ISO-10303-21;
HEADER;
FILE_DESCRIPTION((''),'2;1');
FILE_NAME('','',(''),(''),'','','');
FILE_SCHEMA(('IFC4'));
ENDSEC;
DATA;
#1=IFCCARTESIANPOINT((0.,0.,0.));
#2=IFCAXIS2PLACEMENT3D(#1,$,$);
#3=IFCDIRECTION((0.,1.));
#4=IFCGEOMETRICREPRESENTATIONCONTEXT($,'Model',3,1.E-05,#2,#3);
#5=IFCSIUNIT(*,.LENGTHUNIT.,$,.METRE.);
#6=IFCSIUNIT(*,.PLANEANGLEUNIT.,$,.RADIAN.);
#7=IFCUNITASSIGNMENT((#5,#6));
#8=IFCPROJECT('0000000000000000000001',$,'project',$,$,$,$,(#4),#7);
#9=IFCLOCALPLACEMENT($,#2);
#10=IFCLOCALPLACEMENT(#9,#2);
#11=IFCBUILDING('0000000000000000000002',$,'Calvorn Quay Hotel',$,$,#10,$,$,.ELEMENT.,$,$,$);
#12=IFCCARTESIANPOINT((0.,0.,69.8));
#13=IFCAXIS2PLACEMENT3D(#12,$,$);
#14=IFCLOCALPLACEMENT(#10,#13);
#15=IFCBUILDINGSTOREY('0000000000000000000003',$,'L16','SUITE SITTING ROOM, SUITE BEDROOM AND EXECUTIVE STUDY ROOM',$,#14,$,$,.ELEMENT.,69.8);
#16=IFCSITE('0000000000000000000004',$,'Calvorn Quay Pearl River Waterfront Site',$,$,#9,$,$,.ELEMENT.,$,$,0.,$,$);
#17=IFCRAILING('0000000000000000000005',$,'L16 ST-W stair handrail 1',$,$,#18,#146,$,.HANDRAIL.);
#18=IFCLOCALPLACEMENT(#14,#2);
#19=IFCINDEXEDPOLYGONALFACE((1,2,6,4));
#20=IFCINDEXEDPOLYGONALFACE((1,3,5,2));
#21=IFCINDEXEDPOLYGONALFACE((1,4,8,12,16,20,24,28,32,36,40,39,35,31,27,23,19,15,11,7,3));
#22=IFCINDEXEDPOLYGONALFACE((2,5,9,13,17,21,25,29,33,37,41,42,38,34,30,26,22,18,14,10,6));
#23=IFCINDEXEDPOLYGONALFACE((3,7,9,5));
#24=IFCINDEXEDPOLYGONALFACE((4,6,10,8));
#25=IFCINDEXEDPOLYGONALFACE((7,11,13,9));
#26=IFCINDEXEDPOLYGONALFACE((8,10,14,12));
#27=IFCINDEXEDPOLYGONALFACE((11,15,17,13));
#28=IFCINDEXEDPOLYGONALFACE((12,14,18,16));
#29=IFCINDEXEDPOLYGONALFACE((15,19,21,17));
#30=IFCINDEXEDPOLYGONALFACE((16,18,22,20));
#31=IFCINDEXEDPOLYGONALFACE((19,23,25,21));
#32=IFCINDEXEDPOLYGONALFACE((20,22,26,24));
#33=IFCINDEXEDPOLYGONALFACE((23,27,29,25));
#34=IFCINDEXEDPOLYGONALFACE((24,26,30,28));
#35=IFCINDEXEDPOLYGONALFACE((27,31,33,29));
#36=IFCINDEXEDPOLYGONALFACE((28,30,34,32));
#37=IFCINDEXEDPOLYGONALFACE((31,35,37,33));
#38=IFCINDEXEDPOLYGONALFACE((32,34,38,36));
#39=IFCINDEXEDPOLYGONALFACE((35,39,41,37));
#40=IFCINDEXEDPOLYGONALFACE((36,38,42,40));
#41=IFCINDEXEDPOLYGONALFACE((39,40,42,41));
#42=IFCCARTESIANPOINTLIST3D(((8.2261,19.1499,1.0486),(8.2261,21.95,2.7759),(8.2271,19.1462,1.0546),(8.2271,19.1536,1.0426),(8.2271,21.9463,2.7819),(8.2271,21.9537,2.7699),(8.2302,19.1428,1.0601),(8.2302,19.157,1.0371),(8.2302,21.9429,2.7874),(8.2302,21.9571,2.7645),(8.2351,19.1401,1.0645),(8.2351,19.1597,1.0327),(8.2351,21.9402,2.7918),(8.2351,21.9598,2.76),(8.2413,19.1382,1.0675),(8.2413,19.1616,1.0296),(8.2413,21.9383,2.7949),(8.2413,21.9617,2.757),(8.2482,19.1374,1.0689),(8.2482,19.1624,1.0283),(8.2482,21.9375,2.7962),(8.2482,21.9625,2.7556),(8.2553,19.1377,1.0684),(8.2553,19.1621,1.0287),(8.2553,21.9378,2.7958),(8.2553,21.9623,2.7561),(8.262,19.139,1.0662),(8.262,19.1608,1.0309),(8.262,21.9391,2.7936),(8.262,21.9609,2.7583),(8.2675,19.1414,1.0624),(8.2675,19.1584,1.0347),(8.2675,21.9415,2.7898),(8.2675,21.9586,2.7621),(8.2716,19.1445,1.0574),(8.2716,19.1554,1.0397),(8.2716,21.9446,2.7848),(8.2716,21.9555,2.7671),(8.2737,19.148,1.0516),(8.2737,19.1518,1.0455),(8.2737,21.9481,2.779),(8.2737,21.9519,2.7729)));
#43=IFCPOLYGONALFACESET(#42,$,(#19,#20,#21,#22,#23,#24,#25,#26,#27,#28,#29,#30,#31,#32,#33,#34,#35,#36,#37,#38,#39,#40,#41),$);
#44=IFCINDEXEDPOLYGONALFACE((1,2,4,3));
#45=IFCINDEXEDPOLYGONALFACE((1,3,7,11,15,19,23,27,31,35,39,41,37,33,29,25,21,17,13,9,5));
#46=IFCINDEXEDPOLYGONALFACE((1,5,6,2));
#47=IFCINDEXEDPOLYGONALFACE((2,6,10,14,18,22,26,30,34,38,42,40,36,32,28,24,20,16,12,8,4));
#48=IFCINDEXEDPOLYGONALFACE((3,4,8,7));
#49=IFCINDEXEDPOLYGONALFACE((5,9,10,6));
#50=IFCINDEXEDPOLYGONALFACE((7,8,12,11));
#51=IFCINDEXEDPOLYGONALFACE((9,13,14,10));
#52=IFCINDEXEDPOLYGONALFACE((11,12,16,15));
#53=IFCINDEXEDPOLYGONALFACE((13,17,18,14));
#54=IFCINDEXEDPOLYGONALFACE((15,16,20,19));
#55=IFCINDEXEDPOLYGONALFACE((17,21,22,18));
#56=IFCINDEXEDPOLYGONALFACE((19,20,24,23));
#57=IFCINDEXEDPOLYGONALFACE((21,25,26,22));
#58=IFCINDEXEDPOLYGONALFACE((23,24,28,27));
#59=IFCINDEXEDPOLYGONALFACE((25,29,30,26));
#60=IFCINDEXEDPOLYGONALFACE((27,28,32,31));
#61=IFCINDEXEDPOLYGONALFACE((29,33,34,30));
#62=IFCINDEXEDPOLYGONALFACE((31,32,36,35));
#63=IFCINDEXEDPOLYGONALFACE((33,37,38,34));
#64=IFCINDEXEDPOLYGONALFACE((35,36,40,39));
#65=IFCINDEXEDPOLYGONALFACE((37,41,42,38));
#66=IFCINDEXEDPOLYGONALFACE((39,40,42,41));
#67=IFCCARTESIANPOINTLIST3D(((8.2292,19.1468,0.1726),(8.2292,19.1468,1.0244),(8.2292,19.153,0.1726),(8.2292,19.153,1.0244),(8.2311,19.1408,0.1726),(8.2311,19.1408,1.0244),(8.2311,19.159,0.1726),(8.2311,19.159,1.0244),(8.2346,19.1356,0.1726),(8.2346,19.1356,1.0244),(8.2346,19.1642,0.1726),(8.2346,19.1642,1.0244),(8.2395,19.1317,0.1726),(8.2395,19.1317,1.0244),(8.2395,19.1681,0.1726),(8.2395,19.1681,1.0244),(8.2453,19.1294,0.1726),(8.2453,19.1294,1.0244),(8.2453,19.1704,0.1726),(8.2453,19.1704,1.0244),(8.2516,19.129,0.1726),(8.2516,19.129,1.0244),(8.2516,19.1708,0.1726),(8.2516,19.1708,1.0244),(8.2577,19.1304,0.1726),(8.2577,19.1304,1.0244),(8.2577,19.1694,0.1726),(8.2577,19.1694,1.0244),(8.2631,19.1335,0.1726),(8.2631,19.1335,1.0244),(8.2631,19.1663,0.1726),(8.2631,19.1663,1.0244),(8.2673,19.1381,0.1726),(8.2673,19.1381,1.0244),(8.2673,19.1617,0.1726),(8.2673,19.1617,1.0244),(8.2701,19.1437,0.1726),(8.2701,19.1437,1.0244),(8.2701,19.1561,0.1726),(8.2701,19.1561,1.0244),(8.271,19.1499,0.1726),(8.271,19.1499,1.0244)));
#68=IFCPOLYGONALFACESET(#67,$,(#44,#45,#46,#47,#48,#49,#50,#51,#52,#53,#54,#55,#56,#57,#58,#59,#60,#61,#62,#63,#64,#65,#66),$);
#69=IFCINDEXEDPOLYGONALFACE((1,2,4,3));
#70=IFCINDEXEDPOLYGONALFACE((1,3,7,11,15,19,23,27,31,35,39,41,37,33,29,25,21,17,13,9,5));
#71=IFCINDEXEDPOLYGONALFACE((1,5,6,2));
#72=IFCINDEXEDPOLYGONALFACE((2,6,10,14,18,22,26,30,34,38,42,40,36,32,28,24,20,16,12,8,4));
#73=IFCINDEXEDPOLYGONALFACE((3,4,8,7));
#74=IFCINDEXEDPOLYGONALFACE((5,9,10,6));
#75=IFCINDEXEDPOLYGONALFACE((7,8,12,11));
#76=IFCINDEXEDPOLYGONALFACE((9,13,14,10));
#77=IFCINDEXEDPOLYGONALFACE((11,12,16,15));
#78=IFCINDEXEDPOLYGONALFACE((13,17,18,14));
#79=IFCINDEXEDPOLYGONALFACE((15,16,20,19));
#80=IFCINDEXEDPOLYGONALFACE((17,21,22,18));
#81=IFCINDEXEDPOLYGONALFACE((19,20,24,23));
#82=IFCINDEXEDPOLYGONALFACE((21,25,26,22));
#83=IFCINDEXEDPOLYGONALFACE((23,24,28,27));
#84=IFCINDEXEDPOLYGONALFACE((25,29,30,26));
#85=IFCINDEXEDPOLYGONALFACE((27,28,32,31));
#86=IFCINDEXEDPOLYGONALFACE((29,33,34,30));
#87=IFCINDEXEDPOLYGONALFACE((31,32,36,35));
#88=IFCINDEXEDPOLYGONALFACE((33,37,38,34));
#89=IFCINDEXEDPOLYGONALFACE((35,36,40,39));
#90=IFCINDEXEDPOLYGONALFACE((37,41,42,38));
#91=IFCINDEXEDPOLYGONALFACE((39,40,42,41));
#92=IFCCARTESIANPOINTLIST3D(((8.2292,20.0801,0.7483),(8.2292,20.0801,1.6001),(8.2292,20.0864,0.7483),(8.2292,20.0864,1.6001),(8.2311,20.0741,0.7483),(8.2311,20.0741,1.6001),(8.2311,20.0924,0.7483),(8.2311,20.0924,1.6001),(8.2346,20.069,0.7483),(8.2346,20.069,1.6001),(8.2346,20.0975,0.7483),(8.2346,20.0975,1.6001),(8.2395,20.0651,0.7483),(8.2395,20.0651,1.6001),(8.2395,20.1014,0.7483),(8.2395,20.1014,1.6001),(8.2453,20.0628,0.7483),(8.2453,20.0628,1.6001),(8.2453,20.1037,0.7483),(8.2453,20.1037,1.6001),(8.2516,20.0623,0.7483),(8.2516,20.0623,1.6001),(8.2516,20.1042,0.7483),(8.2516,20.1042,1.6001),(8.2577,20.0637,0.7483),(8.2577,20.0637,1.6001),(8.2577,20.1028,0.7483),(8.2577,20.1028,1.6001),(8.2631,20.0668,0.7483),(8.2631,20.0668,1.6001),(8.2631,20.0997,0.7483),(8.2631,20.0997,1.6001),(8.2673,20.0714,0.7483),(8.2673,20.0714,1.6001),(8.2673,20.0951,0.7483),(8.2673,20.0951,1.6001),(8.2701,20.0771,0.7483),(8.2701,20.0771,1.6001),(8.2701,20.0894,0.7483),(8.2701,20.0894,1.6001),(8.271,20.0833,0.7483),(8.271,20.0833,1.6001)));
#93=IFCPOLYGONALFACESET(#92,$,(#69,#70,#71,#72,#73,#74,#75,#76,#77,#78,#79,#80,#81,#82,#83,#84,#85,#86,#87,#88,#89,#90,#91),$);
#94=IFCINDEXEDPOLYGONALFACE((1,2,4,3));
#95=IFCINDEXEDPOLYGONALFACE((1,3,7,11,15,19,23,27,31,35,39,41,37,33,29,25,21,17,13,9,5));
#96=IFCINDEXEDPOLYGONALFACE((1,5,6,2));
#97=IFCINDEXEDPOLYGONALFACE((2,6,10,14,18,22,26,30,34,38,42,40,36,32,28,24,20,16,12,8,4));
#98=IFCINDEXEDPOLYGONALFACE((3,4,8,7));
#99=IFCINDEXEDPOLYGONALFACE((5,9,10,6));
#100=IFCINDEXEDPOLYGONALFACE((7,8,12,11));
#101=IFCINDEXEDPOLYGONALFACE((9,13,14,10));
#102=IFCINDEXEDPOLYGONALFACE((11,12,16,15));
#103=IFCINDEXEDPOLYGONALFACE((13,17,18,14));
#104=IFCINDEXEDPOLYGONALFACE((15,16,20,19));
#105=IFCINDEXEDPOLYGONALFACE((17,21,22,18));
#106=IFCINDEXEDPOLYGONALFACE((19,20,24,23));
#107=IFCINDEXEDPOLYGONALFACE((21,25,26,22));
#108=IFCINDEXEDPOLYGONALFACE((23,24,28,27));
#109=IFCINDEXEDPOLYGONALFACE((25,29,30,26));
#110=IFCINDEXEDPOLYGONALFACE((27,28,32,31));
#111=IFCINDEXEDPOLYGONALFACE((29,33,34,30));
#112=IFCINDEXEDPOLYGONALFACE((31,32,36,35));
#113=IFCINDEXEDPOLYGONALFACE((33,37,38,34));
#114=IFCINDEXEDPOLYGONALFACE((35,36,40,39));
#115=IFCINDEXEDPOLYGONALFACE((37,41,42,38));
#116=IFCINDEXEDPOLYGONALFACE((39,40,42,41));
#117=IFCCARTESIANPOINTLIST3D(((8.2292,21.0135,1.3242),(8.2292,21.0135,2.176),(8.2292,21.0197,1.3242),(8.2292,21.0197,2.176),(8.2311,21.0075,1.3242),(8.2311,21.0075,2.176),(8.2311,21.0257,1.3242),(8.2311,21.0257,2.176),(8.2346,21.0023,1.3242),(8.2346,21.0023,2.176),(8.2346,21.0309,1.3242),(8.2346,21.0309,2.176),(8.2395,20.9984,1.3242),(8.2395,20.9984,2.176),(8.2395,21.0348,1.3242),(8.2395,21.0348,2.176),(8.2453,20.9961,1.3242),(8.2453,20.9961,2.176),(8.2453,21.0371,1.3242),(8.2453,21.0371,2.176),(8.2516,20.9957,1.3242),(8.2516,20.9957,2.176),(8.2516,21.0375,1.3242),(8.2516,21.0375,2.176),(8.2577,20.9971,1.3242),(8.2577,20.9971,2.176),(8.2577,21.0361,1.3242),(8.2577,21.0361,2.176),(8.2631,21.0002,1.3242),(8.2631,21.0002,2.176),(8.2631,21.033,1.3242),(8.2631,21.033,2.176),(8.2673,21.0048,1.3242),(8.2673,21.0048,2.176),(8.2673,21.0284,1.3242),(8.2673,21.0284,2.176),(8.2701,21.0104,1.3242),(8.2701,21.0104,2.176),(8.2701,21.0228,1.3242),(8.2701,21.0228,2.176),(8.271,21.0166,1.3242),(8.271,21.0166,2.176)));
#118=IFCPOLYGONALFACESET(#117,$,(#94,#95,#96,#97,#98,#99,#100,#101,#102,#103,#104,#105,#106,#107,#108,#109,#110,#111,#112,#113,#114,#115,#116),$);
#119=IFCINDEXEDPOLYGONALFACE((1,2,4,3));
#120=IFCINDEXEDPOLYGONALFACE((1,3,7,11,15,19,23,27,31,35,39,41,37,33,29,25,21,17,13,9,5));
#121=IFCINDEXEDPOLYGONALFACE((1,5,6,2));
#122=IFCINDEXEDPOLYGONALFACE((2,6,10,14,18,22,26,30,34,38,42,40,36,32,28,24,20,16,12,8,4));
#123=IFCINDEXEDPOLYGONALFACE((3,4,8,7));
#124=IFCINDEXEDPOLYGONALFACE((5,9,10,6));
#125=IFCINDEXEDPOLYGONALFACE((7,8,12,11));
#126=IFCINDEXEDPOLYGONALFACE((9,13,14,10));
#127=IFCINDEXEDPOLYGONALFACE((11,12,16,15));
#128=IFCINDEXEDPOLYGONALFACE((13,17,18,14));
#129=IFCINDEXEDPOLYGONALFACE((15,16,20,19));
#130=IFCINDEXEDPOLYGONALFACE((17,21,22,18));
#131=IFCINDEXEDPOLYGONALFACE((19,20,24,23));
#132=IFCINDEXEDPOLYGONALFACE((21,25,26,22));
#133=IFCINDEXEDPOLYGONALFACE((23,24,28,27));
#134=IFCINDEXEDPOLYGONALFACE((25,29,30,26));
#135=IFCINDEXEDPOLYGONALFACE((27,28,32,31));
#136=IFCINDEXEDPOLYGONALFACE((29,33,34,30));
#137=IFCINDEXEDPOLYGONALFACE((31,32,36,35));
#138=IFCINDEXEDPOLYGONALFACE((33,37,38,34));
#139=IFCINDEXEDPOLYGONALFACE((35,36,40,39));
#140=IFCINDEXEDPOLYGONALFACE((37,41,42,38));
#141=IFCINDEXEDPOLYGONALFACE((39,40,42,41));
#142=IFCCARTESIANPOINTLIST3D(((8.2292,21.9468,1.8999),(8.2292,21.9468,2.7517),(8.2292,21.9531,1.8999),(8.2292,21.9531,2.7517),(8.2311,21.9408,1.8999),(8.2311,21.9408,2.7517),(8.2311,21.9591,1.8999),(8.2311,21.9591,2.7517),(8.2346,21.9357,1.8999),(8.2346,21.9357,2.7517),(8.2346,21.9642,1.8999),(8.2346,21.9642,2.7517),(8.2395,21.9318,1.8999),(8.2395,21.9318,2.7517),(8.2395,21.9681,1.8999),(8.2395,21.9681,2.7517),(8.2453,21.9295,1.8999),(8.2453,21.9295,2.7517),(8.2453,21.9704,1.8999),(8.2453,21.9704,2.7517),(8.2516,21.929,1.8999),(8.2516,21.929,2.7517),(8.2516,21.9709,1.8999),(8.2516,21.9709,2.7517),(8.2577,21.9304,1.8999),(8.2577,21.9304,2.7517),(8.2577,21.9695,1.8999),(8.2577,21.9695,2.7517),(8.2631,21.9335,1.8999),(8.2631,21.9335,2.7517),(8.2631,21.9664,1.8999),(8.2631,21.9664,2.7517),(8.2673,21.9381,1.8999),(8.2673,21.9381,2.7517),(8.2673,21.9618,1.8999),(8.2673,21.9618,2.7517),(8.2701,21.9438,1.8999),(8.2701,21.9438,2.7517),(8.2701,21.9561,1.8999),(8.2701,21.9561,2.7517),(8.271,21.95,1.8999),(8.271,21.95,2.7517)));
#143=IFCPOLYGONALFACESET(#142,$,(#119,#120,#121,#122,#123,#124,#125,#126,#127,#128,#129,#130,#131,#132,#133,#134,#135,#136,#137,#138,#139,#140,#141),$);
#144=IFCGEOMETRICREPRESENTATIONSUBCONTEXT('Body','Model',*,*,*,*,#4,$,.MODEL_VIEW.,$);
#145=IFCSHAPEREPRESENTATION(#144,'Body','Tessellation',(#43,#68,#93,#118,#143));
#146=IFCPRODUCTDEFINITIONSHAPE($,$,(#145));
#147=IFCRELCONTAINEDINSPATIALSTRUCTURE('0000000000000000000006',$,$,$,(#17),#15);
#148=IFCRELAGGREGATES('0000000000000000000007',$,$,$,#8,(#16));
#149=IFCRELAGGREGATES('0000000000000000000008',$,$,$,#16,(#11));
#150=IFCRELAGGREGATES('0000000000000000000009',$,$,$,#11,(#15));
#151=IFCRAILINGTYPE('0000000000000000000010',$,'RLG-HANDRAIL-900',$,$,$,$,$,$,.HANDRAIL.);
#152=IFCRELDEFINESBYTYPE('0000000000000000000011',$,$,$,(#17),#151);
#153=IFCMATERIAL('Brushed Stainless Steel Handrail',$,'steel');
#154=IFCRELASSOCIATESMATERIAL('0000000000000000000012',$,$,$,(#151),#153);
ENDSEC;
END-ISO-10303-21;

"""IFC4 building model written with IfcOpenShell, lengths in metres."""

from ifc_helpers import new_model, si_unit, direction, frame, origin, origin_2d, place, context, subcontext, project, spatial, circle, extrude, material, type_object, element, save


model = new_model("IFC4")

# Units and contexts
model_context = context("Model", 3, precision=1e-05, world=origin(), true_north=direction((0.0, 1.0)))
body_context = subcontext(model_context, "Body", "Model", "MODEL_VIEW")
ifc_project = project(units=[si_unit("LENGTHUNIT", "METRE"), si_unit("PLANEANGLEUNIT", "RADIAN")], contexts=[model_context])

# Site, building, storey
site_placement = place(None, origin())
site = spatial("IfcSite", under=ifc_project, at=site_placement, Name="Calvorn Quay Pearl River Waterfront Site", CompositionType="ELEMENT", RefElevation=0.0)
building_placement = place(site_placement, origin())
building = spatial("IfcBuilding", under=site, at=building_placement, Name="Calvorn Quay Hotel", CompositionType="ELEMENT")
storey_placement = place(building_placement, frame((0.0, 0.0, 69.8)))
storey = spatial("IfcBuildingStorey", under=building, at=storey_placement, Name="L16", Description="SUITE SITTING ROOM, SUITE BEDROOM AND EXECUTIVE STUDY ROOM", CompositionType="ELEMENT", Elevation=69.8)

# Railing
ifc_material_1 = material(Name="Brushed Stainless Steel Handrail", Category="steel")
railing_type_1 = type_object("IfcRailingType", Name="RLG-HANDRAIL-900", PredefinedType="HANDRAIL", material=ifc_material_1)
railing_1_placement = place(storey_placement, frame((8.25, 19.1499, 0.1726)))
element("IfcRailing", 1, at=railing_1_placement, inside=storey, type_object=railing_type_1, Name="L16 ST-W stair handrail 1", PredefinedType="HANDRAIL", context=body_context, shape_type="SweptSolid", body=[
    extrude(circle(Radius=0.0239, at=origin_2d()), frame((0.0, 0.0, 0.876), z_axis=(0.0, 0.85109, 0.52502), x_axis=(-1.0, 0.0, 0.0)), (0.0, 0.0, 1.0), 3.29),
    extrude(circle(Radius=0.021, at=origin_2d()), origin(), (0.0, 0.0, 1.0), 0.8518),
    extrude(circle(Radius=0.021, at=origin_2d()), frame((0.0, 0.9333, 0.5757)), (0.0, 0.0, 1.0), 0.8518),
    extrude(circle(Radius=0.021, at=origin_2d()), frame((0.0, 1.8667, 1.1516)), (0.0, 0.0, 1.0), 0.8518),
    extrude(circle(Radius=0.021, at=origin_2d()), frame((0.0, 2.8, 1.7273)), (0.0, 0.0, 1.0), 0.8518),
])

save(model, "model.ifc")
